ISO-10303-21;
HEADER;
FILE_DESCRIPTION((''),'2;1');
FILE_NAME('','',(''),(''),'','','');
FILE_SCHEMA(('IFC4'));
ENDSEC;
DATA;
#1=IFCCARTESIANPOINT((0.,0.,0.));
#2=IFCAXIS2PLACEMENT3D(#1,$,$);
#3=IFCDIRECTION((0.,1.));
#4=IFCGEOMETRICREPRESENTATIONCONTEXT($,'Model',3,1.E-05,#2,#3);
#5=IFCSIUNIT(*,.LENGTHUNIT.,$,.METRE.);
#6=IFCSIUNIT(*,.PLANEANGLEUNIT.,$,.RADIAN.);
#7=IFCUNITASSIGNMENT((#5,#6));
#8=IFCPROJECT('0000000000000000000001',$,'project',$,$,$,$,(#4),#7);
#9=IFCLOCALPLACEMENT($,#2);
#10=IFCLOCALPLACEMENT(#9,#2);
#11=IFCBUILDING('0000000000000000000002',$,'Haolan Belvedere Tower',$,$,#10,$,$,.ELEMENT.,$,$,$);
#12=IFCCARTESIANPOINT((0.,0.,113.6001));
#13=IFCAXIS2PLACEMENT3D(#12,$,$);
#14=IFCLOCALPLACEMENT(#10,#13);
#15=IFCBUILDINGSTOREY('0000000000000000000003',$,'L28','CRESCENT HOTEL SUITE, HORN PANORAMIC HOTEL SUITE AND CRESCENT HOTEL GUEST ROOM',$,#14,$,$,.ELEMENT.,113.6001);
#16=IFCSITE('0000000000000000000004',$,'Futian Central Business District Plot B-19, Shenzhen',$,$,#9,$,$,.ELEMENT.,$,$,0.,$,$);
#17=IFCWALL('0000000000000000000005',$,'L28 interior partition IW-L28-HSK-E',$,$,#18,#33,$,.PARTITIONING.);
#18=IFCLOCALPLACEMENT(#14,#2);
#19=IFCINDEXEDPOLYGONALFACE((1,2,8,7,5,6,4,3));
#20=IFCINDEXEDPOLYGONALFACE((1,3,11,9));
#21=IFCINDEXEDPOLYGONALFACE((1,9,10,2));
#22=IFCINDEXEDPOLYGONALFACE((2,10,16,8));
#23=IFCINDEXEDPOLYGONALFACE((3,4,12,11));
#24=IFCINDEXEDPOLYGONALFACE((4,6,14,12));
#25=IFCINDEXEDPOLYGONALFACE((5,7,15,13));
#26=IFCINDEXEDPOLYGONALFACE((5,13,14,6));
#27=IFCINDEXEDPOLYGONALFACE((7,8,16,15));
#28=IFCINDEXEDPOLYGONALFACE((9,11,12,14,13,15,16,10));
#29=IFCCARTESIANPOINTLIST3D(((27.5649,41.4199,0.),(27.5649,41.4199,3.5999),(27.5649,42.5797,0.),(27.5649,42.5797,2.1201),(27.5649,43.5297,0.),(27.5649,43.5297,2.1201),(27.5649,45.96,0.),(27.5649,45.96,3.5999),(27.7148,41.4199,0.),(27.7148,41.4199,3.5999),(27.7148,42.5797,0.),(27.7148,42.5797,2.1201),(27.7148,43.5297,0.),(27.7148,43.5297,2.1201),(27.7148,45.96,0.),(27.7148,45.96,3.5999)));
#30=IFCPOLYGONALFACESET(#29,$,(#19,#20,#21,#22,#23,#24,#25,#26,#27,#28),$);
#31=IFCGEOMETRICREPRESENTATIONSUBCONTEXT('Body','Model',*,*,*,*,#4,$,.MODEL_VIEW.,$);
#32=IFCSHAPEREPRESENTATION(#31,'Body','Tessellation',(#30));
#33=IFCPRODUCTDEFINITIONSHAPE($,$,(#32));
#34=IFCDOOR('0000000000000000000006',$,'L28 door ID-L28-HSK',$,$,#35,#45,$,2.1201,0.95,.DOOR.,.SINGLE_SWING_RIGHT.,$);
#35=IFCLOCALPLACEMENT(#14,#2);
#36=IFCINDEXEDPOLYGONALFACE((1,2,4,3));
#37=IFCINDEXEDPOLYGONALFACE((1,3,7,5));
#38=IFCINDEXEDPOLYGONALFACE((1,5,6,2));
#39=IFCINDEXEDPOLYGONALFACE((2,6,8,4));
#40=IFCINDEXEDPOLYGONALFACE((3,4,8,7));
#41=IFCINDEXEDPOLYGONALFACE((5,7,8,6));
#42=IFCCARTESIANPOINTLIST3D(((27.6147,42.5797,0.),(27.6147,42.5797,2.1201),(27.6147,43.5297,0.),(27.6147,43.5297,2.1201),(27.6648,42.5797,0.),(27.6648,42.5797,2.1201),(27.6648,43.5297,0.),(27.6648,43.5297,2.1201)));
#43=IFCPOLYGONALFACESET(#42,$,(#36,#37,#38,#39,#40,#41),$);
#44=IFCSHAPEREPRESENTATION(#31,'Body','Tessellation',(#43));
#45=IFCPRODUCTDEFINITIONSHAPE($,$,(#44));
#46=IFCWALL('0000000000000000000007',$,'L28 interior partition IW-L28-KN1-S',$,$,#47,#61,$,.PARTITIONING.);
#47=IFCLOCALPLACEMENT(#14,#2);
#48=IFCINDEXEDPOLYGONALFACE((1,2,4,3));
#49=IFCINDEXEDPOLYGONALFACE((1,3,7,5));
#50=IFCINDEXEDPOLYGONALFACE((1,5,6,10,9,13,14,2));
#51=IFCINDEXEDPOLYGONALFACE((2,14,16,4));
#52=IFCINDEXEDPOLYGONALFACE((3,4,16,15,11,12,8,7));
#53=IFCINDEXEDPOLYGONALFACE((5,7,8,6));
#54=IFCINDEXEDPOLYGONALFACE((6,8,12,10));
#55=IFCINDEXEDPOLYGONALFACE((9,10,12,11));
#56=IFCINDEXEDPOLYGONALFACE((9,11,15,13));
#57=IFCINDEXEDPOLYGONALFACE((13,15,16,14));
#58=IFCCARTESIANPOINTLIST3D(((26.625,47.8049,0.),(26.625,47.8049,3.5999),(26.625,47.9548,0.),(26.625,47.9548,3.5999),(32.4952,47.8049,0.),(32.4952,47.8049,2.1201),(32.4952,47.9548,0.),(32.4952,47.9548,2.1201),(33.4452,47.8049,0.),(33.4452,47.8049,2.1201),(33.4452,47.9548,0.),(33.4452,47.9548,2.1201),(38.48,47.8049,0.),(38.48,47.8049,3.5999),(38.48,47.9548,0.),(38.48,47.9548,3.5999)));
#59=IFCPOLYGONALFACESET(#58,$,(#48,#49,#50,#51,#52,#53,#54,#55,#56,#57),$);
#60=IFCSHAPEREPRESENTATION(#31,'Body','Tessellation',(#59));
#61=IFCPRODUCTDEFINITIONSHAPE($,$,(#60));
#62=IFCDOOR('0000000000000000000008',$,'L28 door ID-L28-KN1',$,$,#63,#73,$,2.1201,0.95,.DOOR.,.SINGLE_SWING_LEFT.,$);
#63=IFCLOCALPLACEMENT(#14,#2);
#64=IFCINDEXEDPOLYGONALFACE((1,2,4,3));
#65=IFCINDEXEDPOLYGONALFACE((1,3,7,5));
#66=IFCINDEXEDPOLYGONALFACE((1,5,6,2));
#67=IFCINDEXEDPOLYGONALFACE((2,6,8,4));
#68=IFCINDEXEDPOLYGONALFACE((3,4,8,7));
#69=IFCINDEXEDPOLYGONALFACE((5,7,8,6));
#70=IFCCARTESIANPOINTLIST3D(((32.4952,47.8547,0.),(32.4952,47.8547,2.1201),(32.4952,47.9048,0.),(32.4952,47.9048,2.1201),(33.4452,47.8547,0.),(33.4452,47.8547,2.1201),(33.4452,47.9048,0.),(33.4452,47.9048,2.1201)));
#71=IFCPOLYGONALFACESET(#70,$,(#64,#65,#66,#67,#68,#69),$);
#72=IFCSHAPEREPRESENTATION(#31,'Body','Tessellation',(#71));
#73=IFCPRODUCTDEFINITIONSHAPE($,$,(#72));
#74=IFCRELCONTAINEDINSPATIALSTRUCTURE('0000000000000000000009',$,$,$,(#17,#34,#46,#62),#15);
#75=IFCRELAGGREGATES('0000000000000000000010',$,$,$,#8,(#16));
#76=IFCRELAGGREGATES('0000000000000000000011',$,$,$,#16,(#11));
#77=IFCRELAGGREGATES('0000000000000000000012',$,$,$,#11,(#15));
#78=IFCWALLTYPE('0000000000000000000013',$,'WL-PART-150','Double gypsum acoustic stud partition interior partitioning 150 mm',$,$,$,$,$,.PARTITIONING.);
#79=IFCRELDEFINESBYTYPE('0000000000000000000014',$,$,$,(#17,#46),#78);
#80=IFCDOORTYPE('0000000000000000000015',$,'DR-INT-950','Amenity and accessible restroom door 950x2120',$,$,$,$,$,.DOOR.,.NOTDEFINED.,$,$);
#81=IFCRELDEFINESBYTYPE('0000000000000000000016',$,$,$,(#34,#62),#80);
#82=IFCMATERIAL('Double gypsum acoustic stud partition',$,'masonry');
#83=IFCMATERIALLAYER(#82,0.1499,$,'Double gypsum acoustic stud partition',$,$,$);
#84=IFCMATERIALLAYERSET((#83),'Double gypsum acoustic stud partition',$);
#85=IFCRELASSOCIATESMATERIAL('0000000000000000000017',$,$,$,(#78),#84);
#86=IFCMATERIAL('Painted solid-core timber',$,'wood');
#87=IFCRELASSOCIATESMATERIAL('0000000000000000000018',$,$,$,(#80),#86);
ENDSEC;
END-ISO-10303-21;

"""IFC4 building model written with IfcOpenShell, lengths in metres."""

from ifc_helpers import new_model, si_unit, direction, frame, frame_2d, origin, place, context, subcontext, project, spatial, rectangle, extrude, material, layer, layer_set, type_object, element, fill, save


model = new_model("IFC4")

# Units and contexts
model_context = context("Model", 3, precision=1e-05, world=origin(), true_north=direction((0.0, 1.0)))
body_context = subcontext(model_context, "Body", "Model", "MODEL_VIEW")
ifc_project = project(units=[si_unit("LENGTHUNIT", "METRE"), si_unit("PLANEANGLEUNIT", "RADIAN")], contexts=[model_context])

# Site, building, storey
site_placement = place(None, origin())
site = spatial("IfcSite", under=ifc_project, at=site_placement, Name="Futian Central Business District Plot B-19, Shenzhen", CompositionType="ELEMENT", RefElevation=0.0)
building_placement = place(site_placement, origin())
building = spatial("IfcBuilding", under=site, at=building_placement, Name="Haolan Belvedere Tower", CompositionType="ELEMENT")
storey_placement = place(building_placement, frame((0.0, 0.0, 113.6001)))
storey = spatial("IfcBuildingStorey", under=building, at=storey_placement, Name="L28", Description="CRESCENT HOTEL SUITE, HORN PANORAMIC HOTEL SUITE AND CRESCENT HOTEL GUEST ROOM", CompositionType="ELEMENT", Elevation=113.6001)

# Shared definitions
ifc_material_1 = material(Name="Double gypsum acoustic stud partition", Category="masonry")
ifc_layer_1 = layer(ifc_material_1, 0.1499, Name="Double gypsum acoustic stud partition")
ifc_layer_set_1 = layer_set([ifc_layer_1], Name="Double gypsum acoustic stud partition")
wall_type_1 = type_object("IfcWallType", Name="WL-PART-150", Description="Double gypsum acoustic stud partition interior partitioning 150 mm", PredefinedType="PARTITIONING", material=ifc_layer_set_1)

# Walls, openings, doors
wall_1_placement = place(storey_placement, frame((27.6399, 41.4199, 0.0), z_axis=(0.0, 0.0, 1.0), x_axis=(0.0, 1.0, 0.0)))
wall_1 = element("IfcWall", 1, at=wall_1_placement, inside=storey, type_object=wall_type_1, Name="L28 interior partition IW-L28-HSK-E", PredefinedType="PARTITIONING", context=body_context, shape_type="SweptSolid", body=[
    extrude(rectangle(XDim=4.54, YDim=0.1499, at=frame_2d((2.27, 0.0))), origin(), (0.0, 0.0, 1.0), 3.5999),
])
opening_1_placement = place(wall_1_placement, frame((2.1099, 0.0, 0.0), z_axis=(0.0, 0.0, 1.0), x_axis=(-1.0, 0.0, 0.0)))
opening_1 = element("IfcOpeningElement", 2, at=opening_1_placement, cuts=wall_1, PredefinedType="OPENING", context=body_context, shape_type="SweptSolid", body=[
    extrude(rectangle(XDim=0.95, YDim=2.1201, at=frame_2d((0.4751, 1.0601))), frame((0.0, 0.085, 0.0), z_axis=(0.0, -1.0, 0.0), x_axis=(1.0, 0.0, 0.0)), (0.0, 0.0, 1.0), 0.1699),
])
ifc_material_2 = material(Name="Painted solid-core timber", Category="wood")
door_type_1 = type_object("IfcDoorType", Name="DR-INT-950", Description="Amenity and accessible restroom door 950x2120", OperationType="NOTDEFINED", PredefinedType="DOOR", material=ifc_material_2)
door_1_placement = place(opening_1_placement, origin())
door_1 = element("IfcDoor", 3, at=door_1_placement, inside=storey, type_object=door_type_1, Name="L28 door ID-L28-HSK", OperationType="SINGLE_SWING_RIGHT", OverallHeight=2.1201, OverallWidth=0.95, PredefinedType="DOOR", context=body_context, shape_type="SweptSolid", body=[
    extrude(rectangle(XDim=0.95, YDim=2.1201, at=frame_2d((0.4751, 1.0601))), frame((0.0, 0.0249, 0.0), z_axis=(0.0, -1.0, 0.0), x_axis=(1.0, 0.0, 0.0)), (0.0, 0.0, 1.0), 0.05),
])
fill(opening_1, door_1)
wall_2_placement = place(storey_placement, frame((26.625, 47.8799, 0.0), z_axis=(0.0, 0.0, 1.0), x_axis=(1.0, 0.0, 0.0)))
wall_2 = element("IfcWall", 4, at=wall_2_placement, inside=storey, type_object=wall_type_1, Name="L28 interior partition IW-L28-KN1-S", PredefinedType="PARTITIONING", context=body_context, shape_type="SweptSolid", body=[
    extrude(rectangle(XDim=11.855, YDim=0.1499, at=frame_2d((5.9275, 0.0))), origin(), (0.0, 0.0, 1.0), 3.5999),
])
opening_2_placement = place(wall_2_placement, frame((5.8701, 0.0, 0.0)))
opening_2 = element("IfcOpeningElement", 5, at=opening_2_placement, cuts=wall_2, PredefinedType="OPENING", context=body_context, shape_type="SweptSolid", body=[
    extrude(rectangle(XDim=0.95, YDim=2.1201, at=frame_2d((0.4751, 1.0601))), frame((0.0, 0.085, 0.0), z_axis=(0.0, -1.0, 0.0), x_axis=(1.0, 0.0, 0.0)), (0.0, 0.0, 1.0), 0.1699),
])
door_2_placement = place(opening_2_placement, origin())
door_2 = element("IfcDoor", 6, at=door_2_placement, inside=storey, type_object=door_type_1, Name="L28 door ID-L28-KN1", OperationType="SINGLE_SWING_LEFT", OverallHeight=2.1201, OverallWidth=0.95, PredefinedType="DOOR", context=body_context, shape_type="SweptSolid", body=[
    extrude(rectangle(XDim=0.95, YDim=2.1201, at=frame_2d((0.4751, 1.0601))), frame((0.0, 0.0249, 0.0), z_axis=(0.0, -1.0, 0.0), x_axis=(1.0, 0.0, 0.0)), (0.0, 0.0, 1.0), 0.05),
])
fill(opening_2, door_2)

save(model, "model.ifc")
